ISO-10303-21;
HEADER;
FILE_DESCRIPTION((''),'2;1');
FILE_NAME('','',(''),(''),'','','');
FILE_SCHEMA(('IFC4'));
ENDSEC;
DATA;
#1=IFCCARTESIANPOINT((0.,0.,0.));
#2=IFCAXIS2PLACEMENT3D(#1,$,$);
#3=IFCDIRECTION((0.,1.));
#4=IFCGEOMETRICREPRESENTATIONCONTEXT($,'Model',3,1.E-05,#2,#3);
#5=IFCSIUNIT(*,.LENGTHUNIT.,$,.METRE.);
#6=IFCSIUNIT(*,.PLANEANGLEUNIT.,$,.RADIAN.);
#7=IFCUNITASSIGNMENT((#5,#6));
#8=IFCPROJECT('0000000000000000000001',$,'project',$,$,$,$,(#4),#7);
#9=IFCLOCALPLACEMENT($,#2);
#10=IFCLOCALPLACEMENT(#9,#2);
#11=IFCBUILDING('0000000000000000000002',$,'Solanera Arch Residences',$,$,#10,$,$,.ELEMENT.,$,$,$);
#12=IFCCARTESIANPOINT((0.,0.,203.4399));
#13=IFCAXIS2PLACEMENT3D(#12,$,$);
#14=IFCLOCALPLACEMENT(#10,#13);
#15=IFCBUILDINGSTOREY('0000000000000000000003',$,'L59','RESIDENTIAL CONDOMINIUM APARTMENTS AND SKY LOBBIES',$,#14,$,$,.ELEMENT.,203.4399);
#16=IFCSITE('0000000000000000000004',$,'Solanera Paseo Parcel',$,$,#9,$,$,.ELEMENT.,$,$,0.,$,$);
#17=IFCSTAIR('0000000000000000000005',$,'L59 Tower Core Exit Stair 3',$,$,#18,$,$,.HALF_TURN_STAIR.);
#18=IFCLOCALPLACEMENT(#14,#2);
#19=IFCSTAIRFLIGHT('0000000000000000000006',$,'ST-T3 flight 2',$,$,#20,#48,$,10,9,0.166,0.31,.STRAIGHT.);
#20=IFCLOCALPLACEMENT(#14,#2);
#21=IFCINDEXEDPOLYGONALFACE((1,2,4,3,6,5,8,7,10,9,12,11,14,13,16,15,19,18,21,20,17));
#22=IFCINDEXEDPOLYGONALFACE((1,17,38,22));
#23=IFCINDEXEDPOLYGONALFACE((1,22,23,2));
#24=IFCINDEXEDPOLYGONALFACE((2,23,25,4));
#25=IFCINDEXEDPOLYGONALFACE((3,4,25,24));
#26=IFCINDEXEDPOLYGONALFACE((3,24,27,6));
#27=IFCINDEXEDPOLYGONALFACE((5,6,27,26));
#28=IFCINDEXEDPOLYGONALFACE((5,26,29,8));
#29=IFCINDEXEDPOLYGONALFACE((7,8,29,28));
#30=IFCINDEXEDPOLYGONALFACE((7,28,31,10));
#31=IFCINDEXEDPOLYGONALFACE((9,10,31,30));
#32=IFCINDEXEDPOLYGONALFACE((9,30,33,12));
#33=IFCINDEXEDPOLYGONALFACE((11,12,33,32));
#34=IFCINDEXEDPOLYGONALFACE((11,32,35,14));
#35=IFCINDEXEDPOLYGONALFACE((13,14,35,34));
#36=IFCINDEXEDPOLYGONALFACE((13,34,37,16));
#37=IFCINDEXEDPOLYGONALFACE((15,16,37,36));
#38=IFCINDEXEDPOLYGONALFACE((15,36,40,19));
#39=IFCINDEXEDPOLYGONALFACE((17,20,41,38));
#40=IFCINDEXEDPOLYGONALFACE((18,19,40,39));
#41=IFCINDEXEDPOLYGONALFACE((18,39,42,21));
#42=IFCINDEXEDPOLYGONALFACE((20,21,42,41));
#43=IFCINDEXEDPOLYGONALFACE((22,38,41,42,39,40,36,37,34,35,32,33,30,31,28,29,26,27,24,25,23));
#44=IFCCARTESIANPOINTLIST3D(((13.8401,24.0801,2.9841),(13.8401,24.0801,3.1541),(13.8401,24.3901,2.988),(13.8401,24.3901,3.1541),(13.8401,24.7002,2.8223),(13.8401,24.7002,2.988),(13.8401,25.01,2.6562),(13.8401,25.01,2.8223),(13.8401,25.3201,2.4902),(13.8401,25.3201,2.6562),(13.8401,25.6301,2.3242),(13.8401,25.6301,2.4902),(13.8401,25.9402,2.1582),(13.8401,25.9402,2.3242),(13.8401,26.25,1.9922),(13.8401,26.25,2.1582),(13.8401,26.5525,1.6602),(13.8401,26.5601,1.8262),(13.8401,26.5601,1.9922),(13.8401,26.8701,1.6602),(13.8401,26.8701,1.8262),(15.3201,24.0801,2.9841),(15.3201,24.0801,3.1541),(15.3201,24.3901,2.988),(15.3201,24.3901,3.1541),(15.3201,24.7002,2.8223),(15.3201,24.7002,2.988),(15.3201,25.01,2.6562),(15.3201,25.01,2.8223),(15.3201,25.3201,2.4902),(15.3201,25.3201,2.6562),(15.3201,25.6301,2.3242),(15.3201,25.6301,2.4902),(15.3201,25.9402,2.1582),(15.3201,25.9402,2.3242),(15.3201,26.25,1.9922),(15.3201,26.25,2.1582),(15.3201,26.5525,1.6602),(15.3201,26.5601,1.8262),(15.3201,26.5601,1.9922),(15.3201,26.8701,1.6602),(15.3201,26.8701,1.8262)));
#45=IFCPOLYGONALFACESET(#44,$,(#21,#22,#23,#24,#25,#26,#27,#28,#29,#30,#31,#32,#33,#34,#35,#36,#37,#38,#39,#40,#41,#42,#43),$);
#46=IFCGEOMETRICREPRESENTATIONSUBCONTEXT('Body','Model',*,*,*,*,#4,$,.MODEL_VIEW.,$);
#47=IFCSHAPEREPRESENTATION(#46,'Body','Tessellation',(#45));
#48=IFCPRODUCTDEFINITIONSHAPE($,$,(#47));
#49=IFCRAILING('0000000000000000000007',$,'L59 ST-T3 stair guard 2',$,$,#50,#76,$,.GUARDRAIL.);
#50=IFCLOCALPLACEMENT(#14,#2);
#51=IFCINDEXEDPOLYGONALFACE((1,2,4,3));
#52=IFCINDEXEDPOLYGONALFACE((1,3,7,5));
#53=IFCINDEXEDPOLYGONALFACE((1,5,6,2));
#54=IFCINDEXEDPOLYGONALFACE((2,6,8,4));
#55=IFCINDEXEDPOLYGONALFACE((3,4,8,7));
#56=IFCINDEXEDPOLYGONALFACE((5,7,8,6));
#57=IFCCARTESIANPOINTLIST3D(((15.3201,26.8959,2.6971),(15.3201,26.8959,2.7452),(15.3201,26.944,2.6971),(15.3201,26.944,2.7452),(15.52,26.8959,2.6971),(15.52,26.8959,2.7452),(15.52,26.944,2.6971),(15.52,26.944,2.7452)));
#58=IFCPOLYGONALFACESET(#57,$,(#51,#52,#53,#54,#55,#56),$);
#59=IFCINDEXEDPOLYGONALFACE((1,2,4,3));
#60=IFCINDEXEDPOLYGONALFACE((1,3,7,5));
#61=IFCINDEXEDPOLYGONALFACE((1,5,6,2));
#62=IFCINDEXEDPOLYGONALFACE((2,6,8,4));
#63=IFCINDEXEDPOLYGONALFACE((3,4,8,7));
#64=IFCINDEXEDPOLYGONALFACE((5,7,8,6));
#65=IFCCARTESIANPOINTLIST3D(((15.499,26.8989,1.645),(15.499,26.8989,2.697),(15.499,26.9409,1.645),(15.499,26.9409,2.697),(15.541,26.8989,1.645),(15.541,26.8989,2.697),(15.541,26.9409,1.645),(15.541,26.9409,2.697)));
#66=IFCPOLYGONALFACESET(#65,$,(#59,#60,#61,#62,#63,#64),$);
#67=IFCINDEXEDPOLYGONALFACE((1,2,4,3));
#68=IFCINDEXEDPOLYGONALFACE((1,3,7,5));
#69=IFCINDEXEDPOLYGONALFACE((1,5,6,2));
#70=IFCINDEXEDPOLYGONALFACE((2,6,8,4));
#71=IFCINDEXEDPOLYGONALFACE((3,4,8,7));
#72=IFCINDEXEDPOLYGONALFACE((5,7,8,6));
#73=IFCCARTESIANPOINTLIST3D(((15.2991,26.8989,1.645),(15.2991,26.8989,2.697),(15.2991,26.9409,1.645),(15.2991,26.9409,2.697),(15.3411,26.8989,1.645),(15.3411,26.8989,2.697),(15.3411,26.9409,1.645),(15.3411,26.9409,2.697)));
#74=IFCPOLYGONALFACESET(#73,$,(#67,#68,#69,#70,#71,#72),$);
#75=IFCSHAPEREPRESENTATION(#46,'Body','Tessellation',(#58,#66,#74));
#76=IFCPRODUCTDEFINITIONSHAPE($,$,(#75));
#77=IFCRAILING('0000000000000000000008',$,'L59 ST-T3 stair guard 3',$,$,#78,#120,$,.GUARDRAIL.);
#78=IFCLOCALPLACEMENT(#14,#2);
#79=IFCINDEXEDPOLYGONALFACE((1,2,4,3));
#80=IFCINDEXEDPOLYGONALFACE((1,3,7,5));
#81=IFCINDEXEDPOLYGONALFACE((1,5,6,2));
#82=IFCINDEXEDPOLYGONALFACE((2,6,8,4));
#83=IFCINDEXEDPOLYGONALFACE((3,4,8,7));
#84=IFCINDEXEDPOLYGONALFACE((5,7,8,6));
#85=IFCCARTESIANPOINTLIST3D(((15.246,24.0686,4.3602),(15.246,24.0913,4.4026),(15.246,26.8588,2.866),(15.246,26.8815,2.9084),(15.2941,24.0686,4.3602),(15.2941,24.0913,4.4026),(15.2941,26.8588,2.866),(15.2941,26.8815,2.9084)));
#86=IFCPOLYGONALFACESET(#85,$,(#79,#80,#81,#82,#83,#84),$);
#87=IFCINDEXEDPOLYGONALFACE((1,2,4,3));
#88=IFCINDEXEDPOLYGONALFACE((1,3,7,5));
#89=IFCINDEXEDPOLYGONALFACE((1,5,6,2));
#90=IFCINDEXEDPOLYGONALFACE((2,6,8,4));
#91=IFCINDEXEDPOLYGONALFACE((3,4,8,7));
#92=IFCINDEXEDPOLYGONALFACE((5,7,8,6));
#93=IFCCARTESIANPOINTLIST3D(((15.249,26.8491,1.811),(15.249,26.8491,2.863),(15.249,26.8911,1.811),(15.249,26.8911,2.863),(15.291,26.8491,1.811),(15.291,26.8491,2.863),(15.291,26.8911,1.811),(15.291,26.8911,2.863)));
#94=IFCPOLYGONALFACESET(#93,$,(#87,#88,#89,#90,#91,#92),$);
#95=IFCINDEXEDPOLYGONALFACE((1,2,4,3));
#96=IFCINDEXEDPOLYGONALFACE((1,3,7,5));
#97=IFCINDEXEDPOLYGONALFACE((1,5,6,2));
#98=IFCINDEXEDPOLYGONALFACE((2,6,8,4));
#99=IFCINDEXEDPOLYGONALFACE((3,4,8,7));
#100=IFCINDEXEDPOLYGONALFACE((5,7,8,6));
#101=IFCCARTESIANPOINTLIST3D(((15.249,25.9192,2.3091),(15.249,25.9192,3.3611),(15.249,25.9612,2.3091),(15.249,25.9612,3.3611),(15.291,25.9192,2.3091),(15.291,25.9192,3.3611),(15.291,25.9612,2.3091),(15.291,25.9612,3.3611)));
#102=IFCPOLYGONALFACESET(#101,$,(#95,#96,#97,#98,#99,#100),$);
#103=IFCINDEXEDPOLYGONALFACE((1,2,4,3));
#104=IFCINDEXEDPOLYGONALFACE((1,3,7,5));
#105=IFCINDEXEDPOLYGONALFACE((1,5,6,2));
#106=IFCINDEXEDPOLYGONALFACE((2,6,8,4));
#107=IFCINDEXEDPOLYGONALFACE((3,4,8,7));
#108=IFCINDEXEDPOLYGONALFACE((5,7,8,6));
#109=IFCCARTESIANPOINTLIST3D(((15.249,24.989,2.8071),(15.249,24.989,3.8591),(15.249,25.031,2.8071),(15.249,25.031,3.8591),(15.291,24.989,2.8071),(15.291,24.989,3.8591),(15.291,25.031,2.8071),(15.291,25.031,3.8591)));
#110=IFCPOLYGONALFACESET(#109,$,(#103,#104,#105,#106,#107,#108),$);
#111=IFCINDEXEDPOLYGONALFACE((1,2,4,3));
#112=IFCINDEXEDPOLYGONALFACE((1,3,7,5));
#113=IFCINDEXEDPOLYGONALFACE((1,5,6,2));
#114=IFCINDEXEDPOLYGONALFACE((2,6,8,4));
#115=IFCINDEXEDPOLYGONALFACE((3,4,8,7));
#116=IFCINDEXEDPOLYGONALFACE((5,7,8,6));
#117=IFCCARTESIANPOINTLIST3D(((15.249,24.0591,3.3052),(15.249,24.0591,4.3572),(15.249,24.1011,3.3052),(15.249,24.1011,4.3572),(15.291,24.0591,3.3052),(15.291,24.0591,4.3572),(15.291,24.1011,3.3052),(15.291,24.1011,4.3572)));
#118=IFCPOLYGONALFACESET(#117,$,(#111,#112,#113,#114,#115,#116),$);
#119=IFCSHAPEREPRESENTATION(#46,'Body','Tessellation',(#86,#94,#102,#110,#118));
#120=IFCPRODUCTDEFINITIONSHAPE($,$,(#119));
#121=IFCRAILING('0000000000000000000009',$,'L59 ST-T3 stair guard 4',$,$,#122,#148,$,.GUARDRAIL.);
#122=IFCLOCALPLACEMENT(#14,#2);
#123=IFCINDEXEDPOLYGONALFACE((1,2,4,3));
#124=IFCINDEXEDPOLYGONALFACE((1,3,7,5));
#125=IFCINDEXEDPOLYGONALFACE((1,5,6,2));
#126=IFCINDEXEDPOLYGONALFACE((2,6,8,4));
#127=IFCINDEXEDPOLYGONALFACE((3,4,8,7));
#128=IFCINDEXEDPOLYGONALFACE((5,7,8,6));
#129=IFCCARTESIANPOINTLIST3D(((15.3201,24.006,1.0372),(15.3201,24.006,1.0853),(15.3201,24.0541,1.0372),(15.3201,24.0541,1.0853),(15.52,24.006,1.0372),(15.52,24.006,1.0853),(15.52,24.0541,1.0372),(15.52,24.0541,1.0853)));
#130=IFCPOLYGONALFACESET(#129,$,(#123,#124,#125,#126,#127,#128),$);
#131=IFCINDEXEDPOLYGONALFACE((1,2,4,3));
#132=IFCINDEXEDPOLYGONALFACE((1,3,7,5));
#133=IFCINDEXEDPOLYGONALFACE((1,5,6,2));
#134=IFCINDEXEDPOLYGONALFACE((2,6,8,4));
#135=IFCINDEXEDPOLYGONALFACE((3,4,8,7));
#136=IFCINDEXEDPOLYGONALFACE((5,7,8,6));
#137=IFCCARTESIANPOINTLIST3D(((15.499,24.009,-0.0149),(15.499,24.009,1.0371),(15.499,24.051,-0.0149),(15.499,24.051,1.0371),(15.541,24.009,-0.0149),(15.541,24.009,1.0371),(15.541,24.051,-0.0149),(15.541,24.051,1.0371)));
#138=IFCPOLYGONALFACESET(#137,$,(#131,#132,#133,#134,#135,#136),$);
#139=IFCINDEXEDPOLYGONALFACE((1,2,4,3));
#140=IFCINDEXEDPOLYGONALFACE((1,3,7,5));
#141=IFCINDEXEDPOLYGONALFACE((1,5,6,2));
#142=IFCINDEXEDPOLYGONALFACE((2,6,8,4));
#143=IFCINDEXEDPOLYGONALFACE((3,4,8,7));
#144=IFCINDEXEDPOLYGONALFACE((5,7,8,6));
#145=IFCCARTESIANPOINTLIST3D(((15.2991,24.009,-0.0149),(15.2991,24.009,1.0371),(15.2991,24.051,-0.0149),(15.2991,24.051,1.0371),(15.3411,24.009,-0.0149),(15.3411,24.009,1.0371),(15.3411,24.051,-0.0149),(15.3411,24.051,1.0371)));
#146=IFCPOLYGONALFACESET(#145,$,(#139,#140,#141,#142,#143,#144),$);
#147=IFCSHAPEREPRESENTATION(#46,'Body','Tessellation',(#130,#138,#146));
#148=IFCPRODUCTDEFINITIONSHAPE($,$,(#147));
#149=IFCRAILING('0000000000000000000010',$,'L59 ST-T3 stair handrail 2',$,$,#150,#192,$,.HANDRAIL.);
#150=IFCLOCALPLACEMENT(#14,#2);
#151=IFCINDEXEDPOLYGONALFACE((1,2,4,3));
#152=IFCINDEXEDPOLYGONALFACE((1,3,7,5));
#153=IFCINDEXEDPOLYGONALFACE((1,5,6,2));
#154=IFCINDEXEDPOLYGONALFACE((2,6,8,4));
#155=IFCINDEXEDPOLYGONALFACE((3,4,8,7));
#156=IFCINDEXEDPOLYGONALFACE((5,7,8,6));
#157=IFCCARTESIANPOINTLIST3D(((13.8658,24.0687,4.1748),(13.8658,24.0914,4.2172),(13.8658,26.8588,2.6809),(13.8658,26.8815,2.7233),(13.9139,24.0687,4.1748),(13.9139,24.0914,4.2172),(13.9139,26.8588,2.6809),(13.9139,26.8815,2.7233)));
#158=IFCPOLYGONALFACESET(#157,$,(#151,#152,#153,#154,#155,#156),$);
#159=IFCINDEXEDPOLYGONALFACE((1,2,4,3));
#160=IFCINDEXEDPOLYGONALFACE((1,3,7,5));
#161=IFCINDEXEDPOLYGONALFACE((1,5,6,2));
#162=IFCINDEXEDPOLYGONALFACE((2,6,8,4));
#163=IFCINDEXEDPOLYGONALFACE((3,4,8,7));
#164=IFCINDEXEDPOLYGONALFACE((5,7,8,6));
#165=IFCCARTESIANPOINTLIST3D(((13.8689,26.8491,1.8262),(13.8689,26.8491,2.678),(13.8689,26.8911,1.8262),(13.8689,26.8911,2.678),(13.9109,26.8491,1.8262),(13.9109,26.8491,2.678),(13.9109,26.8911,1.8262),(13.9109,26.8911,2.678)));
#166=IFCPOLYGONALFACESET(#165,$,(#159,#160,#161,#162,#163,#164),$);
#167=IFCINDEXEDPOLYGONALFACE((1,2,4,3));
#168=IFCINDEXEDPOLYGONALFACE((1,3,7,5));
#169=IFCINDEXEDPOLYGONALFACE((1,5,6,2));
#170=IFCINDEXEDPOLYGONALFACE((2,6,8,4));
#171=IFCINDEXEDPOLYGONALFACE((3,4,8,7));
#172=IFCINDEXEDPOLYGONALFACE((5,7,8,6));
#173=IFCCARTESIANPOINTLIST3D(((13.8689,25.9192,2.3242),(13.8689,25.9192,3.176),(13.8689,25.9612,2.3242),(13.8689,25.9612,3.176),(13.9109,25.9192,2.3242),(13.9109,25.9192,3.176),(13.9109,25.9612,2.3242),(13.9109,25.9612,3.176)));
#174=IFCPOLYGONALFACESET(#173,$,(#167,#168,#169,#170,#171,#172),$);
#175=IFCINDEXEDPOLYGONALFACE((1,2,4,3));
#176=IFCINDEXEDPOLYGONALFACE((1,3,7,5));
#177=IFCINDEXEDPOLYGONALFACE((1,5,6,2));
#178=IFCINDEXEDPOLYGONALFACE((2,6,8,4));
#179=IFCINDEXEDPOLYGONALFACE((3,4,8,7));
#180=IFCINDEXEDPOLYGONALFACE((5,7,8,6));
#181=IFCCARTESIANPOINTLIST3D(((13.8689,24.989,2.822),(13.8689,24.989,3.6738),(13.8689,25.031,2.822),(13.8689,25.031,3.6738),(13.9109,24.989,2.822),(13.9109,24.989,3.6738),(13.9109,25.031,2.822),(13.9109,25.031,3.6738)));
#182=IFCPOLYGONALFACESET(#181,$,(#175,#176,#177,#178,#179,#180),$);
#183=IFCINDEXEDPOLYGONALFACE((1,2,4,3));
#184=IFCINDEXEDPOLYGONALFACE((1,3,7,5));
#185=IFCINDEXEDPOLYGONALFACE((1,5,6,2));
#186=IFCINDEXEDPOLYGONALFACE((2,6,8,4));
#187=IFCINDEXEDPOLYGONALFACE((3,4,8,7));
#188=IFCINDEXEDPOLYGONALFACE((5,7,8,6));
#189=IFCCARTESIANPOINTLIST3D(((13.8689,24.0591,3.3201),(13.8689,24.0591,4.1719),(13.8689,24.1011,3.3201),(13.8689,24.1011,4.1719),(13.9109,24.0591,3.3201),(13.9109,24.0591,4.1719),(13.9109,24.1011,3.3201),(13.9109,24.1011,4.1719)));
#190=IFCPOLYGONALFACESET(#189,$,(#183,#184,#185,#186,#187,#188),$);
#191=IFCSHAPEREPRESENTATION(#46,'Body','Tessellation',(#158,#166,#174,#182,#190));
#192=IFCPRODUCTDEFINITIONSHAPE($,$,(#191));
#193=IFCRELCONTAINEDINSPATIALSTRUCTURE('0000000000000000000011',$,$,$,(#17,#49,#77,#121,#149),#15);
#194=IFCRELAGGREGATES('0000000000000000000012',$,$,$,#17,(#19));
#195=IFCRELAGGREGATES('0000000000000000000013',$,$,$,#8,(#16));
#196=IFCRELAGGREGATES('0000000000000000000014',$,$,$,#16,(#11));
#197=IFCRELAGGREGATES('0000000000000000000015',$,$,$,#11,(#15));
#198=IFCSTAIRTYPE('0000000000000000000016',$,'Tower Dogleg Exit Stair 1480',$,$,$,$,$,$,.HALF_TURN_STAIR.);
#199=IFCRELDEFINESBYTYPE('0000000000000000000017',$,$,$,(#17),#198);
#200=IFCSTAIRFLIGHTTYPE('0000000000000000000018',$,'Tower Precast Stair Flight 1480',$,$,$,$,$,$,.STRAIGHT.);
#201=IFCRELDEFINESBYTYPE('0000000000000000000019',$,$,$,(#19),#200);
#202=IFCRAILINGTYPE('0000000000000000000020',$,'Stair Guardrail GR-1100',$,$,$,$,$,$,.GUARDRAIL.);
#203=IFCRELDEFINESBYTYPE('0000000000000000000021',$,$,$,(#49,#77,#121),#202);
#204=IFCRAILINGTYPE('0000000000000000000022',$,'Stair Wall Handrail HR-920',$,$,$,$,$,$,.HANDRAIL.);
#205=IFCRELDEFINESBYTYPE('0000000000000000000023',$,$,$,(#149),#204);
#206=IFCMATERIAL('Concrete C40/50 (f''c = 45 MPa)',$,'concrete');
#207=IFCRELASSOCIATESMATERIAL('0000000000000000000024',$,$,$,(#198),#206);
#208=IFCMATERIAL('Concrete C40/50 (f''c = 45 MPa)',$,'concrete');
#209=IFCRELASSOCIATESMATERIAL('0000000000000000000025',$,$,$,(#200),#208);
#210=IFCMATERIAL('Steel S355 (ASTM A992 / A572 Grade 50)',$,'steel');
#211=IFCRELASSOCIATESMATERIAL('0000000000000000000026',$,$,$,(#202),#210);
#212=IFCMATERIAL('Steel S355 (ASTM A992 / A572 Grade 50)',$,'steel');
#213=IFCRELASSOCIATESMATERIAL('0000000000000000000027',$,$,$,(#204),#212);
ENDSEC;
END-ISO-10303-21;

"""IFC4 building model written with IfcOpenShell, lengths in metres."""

from ifc_helpers import new_model, si_unit, direction, frame, origin, origin_2d, place, context, subcontext, project, spatial, polyline, rectangle, outline, extrude, material, type_object, element, aggregate, save


model = new_model("IFC4")

# Units and contexts
model_context = context("Model", 3, precision=1e-05, world=origin(), true_north=direction((0.0, 1.0)))
body_context = subcontext(model_context, "Body", "Model", "MODEL_VIEW")
ifc_project = project(units=[si_unit("LENGTHUNIT", "METRE"), si_unit("PLANEANGLEUNIT", "RADIAN")], contexts=[model_context])

# Site, building, storey
site_placement = place(None, origin())
site = spatial("IfcSite", under=ifc_project, at=site_placement, Name="Solanera Paseo Parcel", CompositionType="ELEMENT", RefElevation=0.0)
building_placement = place(site_placement, origin())
building = spatial("IfcBuilding", under=site, at=building_placement, Name="Solanera Arch Residences", CompositionType="ELEMENT")
storey_placement = place(building_placement, frame((0.0, 0.0, 203.4399)))
storey = spatial("IfcBuildingStorey", under=building, at=storey_placement, Name="L59", Description="RESIDENTIAL CONDOMINIUM APARTMENTS AND SKY LOBBIES", CompositionType="ELEMENT", Elevation=203.4399)

# Stair, stair flight
ifc_material_1 = material(Name="Concrete C40/50 (f'c = 45 MPa)", Category="concrete")
stair_type = type_object("IfcStairType", Name="Tower Dogleg Exit Stair 1480", PredefinedType="HALF_TURN_STAIR", material=ifc_material_1)
stair_placement = place(storey_placement, origin())
stair = element("IfcStair", 1, at=stair_placement, inside=storey, type_object=stair_type, Name="L59 Tower Core Exit Stair 3", PredefinedType="HALF_TURN_STAIR")
ifc_material_2 = material(Name="Concrete C40/50 (f'c = 45 MPa)", Category="concrete")
stair_flight_type = type_object("IfcStairFlightType", Name="Tower Precast Stair Flight 1480", PredefinedType="STRAIGHT", material=ifc_material_2)
stair_flight_placement = place(storey_placement, frame((14.5801, 26.8701, 1.6602), z_axis=(0.0, 0.0, 1.0), x_axis=(0.0, -1.0, 0.0)))
stair_flight = element("IfcStairFlight", 2, at=stair_flight_placement, type_object=stair_flight_type, Name="ST-T3 flight 2", NumberOfRisers=10, NumberOfTreads=9, PredefinedType="STRAIGHT", RiserHeight=0.166, TreadLength=0.31, context=body_context, shape_type="SweptSolid", body=[
    extrude(outline(polyline([(0.0, 0.0), (0.0, 0.166), (0.3101, 0.166), (0.3101, 0.332), (0.6201, 0.332), (0.6201, 0.498), (0.9299, 0.498), (0.9299, 0.6641), (1.24, 0.6641), (1.24, 0.8301), (1.55, 0.8301), (1.55, 0.9961), (1.8601, 0.9961), (1.8601, 1.1621), (2.1699, 1.1621), (2.1699, 1.3279), (2.48, 1.3279), (2.48, 1.4939), (2.79, 1.4939), (2.79, 1.6599), (2.79, 1.324), (0.3176, 0.0), (0.0, 0.0)])), frame((0.0, 0.74, 0.0), z_axis=(0.0, -1.0, 0.0), x_axis=(1.0, 0.0, 0.0)), (0.0, 0.0, 1.0), 1.48),
])
aggregate(stair, [stair_flight])

# Railings
ifc_material_3 = material(Name="Steel S355 (ASTM A992 / A572 Grade 50)", Category="steel")
railing_type_1 = type_object("IfcRailingType", Name="Stair Guardrail GR-1100", PredefinedType="GUARDRAIL", material=ifc_material_3)
railing_1_placement = place(storey_placement, frame((15.52, 26.9199, 1.645)))
element("IfcRailing", 3, at=railing_1_placement, inside=storey, type_object=railing_type_1, Name="L59 ST-T3 stair guard 2", PredefinedType="GUARDRAIL", context=body_context, shape_type="SweptSolid", body=[
    extrude(rectangle(XDim=0.0481, YDim=0.0481, at=origin_2d()), frame((0.0, 0.0, 1.0762), z_axis=(-1.0, 0.0, 0.0), x_axis=(0.0, -1.0, 0.0)), (0.0, 0.0, 1.0), 0.2),
    extrude(rectangle(XDim=0.042, YDim=0.042, at=origin_2d()), origin(), (0.0, 0.0, 1.0), 1.052),
    extrude(rectangle(XDim=0.042, YDim=0.042, at=origin_2d()), frame((-0.2, 0.0, 0.0)), (0.0, 0.0, 1.0), 1.052),
])
railing_2_placement = place(storey_placement, frame((15.27, 26.8701, 1.811)))
element("IfcRailing", 4, at=railing_2_placement, inside=storey, type_object=railing_type_1, Name="L59 ST-T3 stair guard 3", PredefinedType="GUARDRAIL", context=body_context, shape_type="SweptSolid", body=[
    extrude(rectangle(XDim=0.0481, YDim=0.0481, at=origin_2d()), frame((0.0, 0.0, 1.0762), z_axis=(0.0, -0.881549, 0.472093), x_axis=(1.0, 0.0, 0.0)), (0.0, 0.0, 1.0), 3.165),
    extrude(rectangle(XDim=0.042, YDim=0.042, at=origin_2d()), origin(), (0.0, 0.0, 1.0), 1.052),
    extrude(rectangle(XDim=0.042, YDim=0.042, at=origin_2d()), frame((0.0, -0.9299, 0.498)), (0.0, 0.0, 1.0), 1.052),
    extrude(rectangle(XDim=0.042, YDim=0.042, at=origin_2d()), frame((0.0, -1.8601, 0.9961)), (0.0, 0.0, 1.0), 1.052),
    extrude(rectangle(XDim=0.042, YDim=0.042, at=origin_2d()), frame((0.0, -2.79, 1.4941)), (0.0, 0.0, 1.0), 1.052),
])
railing_3_placement = place(storey_placement, frame((15.52, 24.03, -0.0149)))
element("IfcRailing", 5, at=railing_3_placement, inside=storey, type_object=railing_type_1, Name="L59 ST-T3 stair guard 4", PredefinedType="GUARDRAIL", context=body_context, shape_type="SweptSolid", body=[
    extrude(rectangle(XDim=0.0481, YDim=0.0481, at=origin_2d()), frame((0.0, 0.0, 1.0762), z_axis=(-1.0, 0.0, 0.0), x_axis=(0.0, -1.0, 0.0)), (0.0, 0.0, 1.0), 0.2),
    extrude(rectangle(XDim=0.042, YDim=0.042, at=origin_2d()), origin(), (0.0, 0.0, 1.0), 1.052),
    extrude(rectangle(XDim=0.042, YDim=0.042, at=origin_2d()), frame((-0.2, 0.0, 0.0)), (0.0, 0.0, 1.0), 1.052),
])
ifc_material_4 = material(Name="Steel S355 (ASTM A992 / A572 Grade 50)", Category="steel")
railing_type_2 = type_object("IfcRailingType", Name="Stair Wall Handrail HR-920", PredefinedType="HANDRAIL", material=ifc_material_4)
railing_4_placement = place(storey_placement, frame((13.8899, 26.8701, 1.8262)))
element("IfcRailing", 6, at=railing_4_placement, inside=storey, type_object=railing_type_2, Name="L59 ST-T3 stair handrail 2", PredefinedType="HANDRAIL", context=body_context, shape_type="SweptSolid", body=[
    extrude(rectangle(XDim=0.0481, YDim=0.0481, at=origin_2d()), frame((0.0, 0.0, 0.876), z_axis=(0.0, -0.881581, 0.472033), x_axis=(1.0, 0.0, 0.0)), (0.0, 0.0, 1.0), 3.1648),
    extrude(rectangle(XDim=0.042, YDim=0.042, at=origin_2d()), origin(), (0.0, 0.0, 1.0), 0.8518),
    extrude(rectangle(XDim=0.042, YDim=0.042, at=origin_2d()), frame((0.0, -0.9299, 0.498)), (0.0, 0.0, 1.0), 0.8518),
    extrude(rectangle(XDim=0.042, YDim=0.042, at=origin_2d()), frame((0.0, -1.8601, 0.9958)), (0.0, 0.0, 1.0), 0.8518),
    extrude(rectangle(XDim=0.042, YDim=0.042, at=origin_2d()), frame((0.0, -2.79, 1.4939)), (0.0, 0.0, 1.0), 0.8518),
])

save(model, "model.ifc")
